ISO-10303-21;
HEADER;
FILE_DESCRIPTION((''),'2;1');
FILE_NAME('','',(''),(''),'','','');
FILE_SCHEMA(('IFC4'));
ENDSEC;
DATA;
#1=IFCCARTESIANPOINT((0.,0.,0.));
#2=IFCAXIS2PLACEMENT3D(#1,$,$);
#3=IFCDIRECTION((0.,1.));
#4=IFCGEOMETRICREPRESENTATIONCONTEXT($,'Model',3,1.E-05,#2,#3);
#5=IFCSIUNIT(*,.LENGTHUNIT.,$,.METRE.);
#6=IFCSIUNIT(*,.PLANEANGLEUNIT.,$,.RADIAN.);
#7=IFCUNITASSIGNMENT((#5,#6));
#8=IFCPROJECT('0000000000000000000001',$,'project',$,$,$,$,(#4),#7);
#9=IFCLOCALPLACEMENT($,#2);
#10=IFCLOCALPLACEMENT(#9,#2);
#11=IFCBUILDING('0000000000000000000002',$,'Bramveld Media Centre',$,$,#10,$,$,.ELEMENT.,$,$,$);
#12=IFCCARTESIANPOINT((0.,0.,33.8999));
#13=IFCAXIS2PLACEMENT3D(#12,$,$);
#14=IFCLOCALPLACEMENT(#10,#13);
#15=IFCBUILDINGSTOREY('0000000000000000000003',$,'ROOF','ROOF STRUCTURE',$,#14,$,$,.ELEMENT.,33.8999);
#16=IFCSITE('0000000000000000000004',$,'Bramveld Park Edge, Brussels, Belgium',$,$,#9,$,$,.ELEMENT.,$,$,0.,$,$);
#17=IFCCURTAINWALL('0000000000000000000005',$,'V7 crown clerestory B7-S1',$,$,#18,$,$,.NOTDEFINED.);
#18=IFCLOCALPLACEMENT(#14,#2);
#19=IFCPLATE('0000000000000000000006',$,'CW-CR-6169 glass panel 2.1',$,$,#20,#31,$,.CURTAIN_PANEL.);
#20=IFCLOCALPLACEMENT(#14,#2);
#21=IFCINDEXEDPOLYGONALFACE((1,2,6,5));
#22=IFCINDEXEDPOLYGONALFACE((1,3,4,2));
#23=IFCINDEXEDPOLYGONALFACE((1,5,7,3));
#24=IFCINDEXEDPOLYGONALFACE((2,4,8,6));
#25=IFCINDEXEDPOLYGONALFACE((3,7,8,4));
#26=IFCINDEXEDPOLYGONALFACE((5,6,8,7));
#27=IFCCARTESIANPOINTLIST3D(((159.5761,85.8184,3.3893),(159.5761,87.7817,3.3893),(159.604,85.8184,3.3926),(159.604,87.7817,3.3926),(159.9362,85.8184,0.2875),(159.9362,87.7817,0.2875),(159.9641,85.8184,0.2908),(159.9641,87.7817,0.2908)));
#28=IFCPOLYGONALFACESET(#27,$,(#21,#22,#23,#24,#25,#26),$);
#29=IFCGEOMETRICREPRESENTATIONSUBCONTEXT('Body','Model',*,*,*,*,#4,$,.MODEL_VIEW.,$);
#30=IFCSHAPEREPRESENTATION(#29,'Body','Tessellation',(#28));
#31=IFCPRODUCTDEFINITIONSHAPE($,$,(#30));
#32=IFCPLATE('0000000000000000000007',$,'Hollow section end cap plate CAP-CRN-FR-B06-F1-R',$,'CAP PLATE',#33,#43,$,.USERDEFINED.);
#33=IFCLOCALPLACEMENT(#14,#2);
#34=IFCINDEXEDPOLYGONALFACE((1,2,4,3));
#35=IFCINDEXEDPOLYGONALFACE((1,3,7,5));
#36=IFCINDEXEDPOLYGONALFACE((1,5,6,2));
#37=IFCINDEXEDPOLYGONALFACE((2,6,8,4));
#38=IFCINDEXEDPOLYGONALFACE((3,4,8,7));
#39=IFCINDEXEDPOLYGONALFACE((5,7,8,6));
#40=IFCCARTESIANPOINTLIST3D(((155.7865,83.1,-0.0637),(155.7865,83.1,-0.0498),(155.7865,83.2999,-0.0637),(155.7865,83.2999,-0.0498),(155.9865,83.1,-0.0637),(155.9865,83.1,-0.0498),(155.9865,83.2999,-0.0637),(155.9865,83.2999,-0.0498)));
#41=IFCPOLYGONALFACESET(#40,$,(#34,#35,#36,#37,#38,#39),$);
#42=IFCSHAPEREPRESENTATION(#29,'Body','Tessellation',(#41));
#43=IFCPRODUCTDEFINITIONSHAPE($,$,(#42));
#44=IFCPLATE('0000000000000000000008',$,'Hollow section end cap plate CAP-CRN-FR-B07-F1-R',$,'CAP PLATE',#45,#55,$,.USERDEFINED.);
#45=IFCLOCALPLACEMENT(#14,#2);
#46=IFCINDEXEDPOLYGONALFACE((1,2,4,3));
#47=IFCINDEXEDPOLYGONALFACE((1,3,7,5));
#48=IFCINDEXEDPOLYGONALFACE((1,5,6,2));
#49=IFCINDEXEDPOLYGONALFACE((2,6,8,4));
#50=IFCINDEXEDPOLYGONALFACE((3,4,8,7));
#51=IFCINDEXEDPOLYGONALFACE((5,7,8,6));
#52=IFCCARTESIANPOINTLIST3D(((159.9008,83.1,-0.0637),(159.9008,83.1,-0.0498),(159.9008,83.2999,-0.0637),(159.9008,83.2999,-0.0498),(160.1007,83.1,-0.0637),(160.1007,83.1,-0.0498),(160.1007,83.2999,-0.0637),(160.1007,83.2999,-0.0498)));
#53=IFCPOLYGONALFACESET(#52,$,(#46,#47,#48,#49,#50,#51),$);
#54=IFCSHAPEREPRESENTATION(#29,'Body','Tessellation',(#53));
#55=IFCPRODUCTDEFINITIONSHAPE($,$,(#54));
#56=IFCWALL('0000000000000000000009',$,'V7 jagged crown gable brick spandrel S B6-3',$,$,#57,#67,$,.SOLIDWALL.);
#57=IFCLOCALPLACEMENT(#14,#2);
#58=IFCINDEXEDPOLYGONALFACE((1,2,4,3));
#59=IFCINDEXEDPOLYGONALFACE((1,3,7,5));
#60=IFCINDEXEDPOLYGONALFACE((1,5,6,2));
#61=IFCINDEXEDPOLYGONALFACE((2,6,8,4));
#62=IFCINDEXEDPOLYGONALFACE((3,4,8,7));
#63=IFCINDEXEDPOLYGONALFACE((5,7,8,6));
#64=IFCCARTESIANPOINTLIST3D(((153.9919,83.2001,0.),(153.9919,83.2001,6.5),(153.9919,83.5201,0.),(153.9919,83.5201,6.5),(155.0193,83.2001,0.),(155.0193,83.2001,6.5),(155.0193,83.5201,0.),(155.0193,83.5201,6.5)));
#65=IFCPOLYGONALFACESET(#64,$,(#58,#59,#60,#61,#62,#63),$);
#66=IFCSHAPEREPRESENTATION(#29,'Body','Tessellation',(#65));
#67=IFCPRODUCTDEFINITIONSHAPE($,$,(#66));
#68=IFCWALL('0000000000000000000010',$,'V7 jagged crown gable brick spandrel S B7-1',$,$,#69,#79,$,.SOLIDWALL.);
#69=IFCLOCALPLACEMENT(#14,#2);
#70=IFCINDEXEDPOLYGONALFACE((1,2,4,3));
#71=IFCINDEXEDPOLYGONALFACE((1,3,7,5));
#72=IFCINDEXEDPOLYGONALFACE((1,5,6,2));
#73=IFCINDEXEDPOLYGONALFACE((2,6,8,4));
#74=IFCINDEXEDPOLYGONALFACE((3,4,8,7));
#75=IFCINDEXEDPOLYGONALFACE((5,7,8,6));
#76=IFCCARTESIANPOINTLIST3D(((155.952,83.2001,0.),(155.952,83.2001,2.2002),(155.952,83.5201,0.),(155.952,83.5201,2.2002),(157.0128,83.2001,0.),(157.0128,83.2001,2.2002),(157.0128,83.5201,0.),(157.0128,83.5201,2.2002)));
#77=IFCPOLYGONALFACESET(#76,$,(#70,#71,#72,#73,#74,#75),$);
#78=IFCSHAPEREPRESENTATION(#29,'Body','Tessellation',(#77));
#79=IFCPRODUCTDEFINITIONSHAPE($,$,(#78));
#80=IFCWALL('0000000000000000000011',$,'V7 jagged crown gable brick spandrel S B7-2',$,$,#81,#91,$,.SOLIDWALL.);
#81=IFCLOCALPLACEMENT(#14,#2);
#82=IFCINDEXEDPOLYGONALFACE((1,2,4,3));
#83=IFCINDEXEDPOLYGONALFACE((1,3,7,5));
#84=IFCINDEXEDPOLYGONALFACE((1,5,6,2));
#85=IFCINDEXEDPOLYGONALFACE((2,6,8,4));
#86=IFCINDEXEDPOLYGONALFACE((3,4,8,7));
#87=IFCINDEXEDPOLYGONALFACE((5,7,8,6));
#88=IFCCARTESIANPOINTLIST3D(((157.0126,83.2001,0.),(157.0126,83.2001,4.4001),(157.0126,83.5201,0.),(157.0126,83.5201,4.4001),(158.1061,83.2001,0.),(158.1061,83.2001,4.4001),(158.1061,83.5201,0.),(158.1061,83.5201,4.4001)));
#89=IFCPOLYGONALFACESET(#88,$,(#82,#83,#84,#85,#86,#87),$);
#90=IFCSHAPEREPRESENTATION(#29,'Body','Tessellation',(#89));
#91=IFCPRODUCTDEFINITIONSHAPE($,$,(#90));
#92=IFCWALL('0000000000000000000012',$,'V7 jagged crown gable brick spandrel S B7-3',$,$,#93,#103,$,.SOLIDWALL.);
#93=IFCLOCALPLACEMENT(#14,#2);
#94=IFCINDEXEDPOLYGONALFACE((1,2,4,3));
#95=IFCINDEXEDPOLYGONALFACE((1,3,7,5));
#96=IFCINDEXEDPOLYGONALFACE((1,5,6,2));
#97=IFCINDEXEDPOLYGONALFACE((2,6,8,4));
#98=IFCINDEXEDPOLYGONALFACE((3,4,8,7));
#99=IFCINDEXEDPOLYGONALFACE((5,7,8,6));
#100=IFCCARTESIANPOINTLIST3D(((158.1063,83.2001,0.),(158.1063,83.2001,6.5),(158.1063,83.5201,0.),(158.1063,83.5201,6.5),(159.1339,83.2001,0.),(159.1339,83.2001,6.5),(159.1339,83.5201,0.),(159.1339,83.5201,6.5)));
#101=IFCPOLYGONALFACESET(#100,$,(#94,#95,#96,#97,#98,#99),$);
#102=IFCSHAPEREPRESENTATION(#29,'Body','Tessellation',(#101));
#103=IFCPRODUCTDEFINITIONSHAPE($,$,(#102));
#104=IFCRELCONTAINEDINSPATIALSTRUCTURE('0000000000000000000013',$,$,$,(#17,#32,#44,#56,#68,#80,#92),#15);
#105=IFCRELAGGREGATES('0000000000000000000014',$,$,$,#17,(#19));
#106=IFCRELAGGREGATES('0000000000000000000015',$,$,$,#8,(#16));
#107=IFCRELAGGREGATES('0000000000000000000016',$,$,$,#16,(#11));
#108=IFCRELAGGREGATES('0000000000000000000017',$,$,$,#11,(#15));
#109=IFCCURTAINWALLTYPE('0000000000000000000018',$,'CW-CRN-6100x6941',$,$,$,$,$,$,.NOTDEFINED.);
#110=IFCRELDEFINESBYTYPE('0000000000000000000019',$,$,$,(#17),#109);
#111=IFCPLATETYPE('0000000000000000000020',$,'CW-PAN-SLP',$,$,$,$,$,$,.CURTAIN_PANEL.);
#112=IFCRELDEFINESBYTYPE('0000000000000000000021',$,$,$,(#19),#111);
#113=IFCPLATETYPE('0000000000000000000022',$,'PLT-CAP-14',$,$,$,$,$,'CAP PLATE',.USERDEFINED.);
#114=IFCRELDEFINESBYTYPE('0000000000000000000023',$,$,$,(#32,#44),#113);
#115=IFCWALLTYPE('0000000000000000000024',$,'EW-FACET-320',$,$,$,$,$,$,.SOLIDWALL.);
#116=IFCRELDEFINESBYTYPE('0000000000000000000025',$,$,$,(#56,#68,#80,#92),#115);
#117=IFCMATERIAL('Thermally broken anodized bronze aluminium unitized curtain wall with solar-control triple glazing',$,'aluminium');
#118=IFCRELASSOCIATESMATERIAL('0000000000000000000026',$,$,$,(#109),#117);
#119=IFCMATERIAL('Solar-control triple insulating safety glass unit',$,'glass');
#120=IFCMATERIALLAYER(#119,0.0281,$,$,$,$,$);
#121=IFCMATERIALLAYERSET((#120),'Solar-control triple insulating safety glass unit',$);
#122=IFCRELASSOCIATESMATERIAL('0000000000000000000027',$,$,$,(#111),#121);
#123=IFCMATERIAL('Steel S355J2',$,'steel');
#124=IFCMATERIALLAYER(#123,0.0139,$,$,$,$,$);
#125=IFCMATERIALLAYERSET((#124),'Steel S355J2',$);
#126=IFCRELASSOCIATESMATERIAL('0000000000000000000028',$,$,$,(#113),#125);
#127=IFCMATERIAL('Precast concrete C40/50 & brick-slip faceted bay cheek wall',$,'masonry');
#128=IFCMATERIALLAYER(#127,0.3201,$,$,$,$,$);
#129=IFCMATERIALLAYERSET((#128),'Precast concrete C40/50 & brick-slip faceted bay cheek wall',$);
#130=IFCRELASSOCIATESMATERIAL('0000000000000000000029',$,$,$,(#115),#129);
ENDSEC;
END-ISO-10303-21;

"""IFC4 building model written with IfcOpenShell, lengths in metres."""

from ifc_helpers import new_model, si_unit, direction, frame, frame_2d, origin, origin_2d, place, context, subcontext, project, spatial, polyline, rectangle, outline, extrude, material, layer, layer_set, type_object, element, aggregate, save


model = new_model("IFC4")

# Units and contexts
model_context = context("Model", 3, precision=1e-05, world=origin(), true_north=direction((0.0, 1.0)))
body_context = subcontext(model_context, "Body", "Model", "MODEL_VIEW")
ifc_project = project(units=[si_unit("LENGTHUNIT", "METRE"), si_unit("PLANEANGLEUNIT", "RADIAN")], contexts=[model_context])

# Site, building, storey
site_placement = place(None, origin())
site = spatial("IfcSite", under=ifc_project, at=site_placement, Name="Bramveld Park Edge, Brussels, Belgium", CompositionType="ELEMENT", RefElevation=0.0)
building_placement = place(site_placement, origin())
building = spatial("IfcBuilding", under=site, at=building_placement, Name="Bramveld Media Centre", CompositionType="ELEMENT")
storey_placement = place(building_placement, frame((0.0, 0.0, 33.8999)))
storey = spatial("IfcBuildingStorey", under=building, at=storey_placement, Name="ROOF", Description="ROOF STRUCTURE", CompositionType="ELEMENT", Elevation=33.8999)

# Curtain wall
ifc_material_1 = material(Name="Thermally broken anodized bronze aluminium unitized curtain wall with solar-control triple glazing", Category="aluminium")
curtain_wall_type = type_object("IfcCurtainWallType", Name="CW-CRN-6100x6941", PredefinedType="NOTDEFINED", material=ifc_material_1)
curtain_wall_1_placement = place(storey_placement, origin())
curtain_wall_1 = element("IfcCurtainWall", 1, at=curtain_wall_1_placement, inside=storey, type_object=curtain_wall_type, Name="V7 crown clerestory B7-S1", PredefinedType="NOTDEFINED")

# Plate
ifc_material_2 = material(Name="Solar-control triple insulating safety glass unit", Category="glass")
ifc_layer_1 = layer(ifc_material_2, 0.0281)
ifc_layer_set_1 = layer_set([ifc_layer_1], Name="Solar-control triple insulating safety glass unit")
plate_type_1 = type_object("IfcPlateType", Name="CW-PAN-SLP", PredefinedType="CURTAIN_PANEL", material=ifc_layer_set_1)
plate_1_placement = place(storey_placement, frame((159.9641, 85.8184, 0.2908), z_axis=(0.993328, 0.0, 0.115321), x_axis=(0.0, 1.0, 0.0)))
plate_1 = element("IfcPlate", 2, at=plate_1_placement, type_object=plate_type_1, Name="CW-CR-6169 glass panel 2.1", PredefinedType="CURTAIN_PANEL", context=body_context, shape_type="SweptSolid", body=[
    extrude(outline(polyline([(0.0, 0.0), (1.9634, 0.0), (1.9634, 3.1226), (0.0, 3.1226), (0.0, 0.0)])), origin(), (0.0, 0.0, -1.0), 0.0281),
])
aggregate(curtain_wall_1, [plate_1])

# Plates
ifc_material_3 = material(Name="Steel S355J2", Category="steel")
ifc_layer_2 = layer(ifc_material_3, 0.0139)
ifc_layer_set_2 = layer_set([ifc_layer_2], Name="Steel S355J2")
plate_type_2 = type_object("IfcPlateType", Name="PLT-CAP-14", ElementType="CAP PLATE", PredefinedType="USERDEFINED", material=ifc_layer_set_2)
for number, where, z_axis, x_axis, name in (
    (3, (155.8865, 83.2, -0.0498), (0.0, 0.0, -1.0), (1.0, 0.0, 0.0), "Hollow section end cap plate CAP-CRN-FR-B06-F1-R"),
    (4, (160.0007, 83.2, -0.0498), (0.0, 0.0, -1.0), (1.0, 0.0, 0.0), "Hollow section end cap plate CAP-CRN-FR-B07-F1-R"),
):
    element("IfcPlate", number, at=place(storey_placement, frame(where, z_axis=z_axis, x_axis=x_axis)), inside=storey, type_object=plate_type_2, Name=name, ObjectType="CAP PLATE", PredefinedType="USERDEFINED", context=body_context, shape_type="SweptSolid", body=[
        extrude(rectangle(XDim=0.2, YDim=0.2, at=origin_2d()), origin(), (0.0, 0.0, 1.0), 0.0139),
    ])

# Walls
ifc_material_4 = material(Name="Precast concrete C40/50 & brick-slip faceted bay cheek wall", Category="masonry")
ifc_layer_3 = layer(ifc_material_4, 0.3201)
ifc_layer_set_3 = layer_set([ifc_layer_3], Name="Precast concrete C40/50 & brick-slip faceted bay cheek wall")
wall_type = type_object("IfcWallType", Name="EW-FACET-320", PredefinedType="SOLIDWALL", material=ifc_layer_set_3)
wall_1_placement = place(storey_placement, frame((155.0193, 83.3601, 0.0), z_axis=(0.0, 0.0, 1.0), x_axis=(-1.0, 0.0, 0.0)))
element("IfcWall", 5, at=wall_1_placement, inside=storey, type_object=wall_type, Name="V7 jagged crown gable brick spandrel S B6-3", PredefinedType="SOLIDWALL", context=body_context, shape_type="SweptSolid", body=[
    extrude(rectangle(XDim=1.0273, YDim=0.3201, at=frame_2d((0.5137, 0.0))), origin(), (0.0, 0.0, 1.0), 6.5),
])
wall_2_placement = place(storey_placement, frame((157.0127, 83.3601, 0.0), z_axis=(0.0, 0.0, 1.0), x_axis=(-1.0, 0.0, 0.0)))
element("IfcWall", 6, at=wall_2_placement, inside=storey, type_object=wall_type, Name="V7 jagged crown gable brick spandrel S B7-1", PredefinedType="SOLIDWALL", context=body_context, shape_type="SweptSolid", body=[
    extrude(rectangle(XDim=1.0608, YDim=0.3201, at=frame_2d((0.5303, 0.0))), origin(), (0.0, 0.0, 1.0), 2.2002),
])
wall_3_placement = place(storey_placement, frame((158.1062, 83.3601, 0.0), z_axis=(0.0, 0.0, 1.0), x_axis=(-1.0, 0.0, 0.0)))
element("IfcWall", 7, at=wall_3_placement, inside=storey, type_object=wall_type, Name="V7 jagged crown gable brick spandrel S B7-2", PredefinedType="SOLIDWALL", context=body_context, shape_type="SweptSolid", body=[
    extrude(rectangle(XDim=1.0935, YDim=0.3201, at=frame_2d((0.5469, 0.0))), origin(), (0.0, 0.0, 1.0), 4.4001),
])
wall_4_placement = place(storey_placement, frame((159.1338, 83.3601, 0.0), z_axis=(0.0, 0.0, 1.0), x_axis=(-1.0, 0.0, 0.0)))
element("IfcWall", 8, at=wall_4_placement, inside=storey, type_object=wall_type, Name="V7 jagged crown gable brick spandrel S B7-3", PredefinedType="SOLIDWALL", context=body_context, shape_type="SweptSolid", body=[
    extrude(rectangle(XDim=1.0276, YDim=0.3201, at=frame_2d((0.5137, 0.0))), origin(), (0.0, 0.0, 1.0), 6.5),
])

save(model, "model.ifc")
